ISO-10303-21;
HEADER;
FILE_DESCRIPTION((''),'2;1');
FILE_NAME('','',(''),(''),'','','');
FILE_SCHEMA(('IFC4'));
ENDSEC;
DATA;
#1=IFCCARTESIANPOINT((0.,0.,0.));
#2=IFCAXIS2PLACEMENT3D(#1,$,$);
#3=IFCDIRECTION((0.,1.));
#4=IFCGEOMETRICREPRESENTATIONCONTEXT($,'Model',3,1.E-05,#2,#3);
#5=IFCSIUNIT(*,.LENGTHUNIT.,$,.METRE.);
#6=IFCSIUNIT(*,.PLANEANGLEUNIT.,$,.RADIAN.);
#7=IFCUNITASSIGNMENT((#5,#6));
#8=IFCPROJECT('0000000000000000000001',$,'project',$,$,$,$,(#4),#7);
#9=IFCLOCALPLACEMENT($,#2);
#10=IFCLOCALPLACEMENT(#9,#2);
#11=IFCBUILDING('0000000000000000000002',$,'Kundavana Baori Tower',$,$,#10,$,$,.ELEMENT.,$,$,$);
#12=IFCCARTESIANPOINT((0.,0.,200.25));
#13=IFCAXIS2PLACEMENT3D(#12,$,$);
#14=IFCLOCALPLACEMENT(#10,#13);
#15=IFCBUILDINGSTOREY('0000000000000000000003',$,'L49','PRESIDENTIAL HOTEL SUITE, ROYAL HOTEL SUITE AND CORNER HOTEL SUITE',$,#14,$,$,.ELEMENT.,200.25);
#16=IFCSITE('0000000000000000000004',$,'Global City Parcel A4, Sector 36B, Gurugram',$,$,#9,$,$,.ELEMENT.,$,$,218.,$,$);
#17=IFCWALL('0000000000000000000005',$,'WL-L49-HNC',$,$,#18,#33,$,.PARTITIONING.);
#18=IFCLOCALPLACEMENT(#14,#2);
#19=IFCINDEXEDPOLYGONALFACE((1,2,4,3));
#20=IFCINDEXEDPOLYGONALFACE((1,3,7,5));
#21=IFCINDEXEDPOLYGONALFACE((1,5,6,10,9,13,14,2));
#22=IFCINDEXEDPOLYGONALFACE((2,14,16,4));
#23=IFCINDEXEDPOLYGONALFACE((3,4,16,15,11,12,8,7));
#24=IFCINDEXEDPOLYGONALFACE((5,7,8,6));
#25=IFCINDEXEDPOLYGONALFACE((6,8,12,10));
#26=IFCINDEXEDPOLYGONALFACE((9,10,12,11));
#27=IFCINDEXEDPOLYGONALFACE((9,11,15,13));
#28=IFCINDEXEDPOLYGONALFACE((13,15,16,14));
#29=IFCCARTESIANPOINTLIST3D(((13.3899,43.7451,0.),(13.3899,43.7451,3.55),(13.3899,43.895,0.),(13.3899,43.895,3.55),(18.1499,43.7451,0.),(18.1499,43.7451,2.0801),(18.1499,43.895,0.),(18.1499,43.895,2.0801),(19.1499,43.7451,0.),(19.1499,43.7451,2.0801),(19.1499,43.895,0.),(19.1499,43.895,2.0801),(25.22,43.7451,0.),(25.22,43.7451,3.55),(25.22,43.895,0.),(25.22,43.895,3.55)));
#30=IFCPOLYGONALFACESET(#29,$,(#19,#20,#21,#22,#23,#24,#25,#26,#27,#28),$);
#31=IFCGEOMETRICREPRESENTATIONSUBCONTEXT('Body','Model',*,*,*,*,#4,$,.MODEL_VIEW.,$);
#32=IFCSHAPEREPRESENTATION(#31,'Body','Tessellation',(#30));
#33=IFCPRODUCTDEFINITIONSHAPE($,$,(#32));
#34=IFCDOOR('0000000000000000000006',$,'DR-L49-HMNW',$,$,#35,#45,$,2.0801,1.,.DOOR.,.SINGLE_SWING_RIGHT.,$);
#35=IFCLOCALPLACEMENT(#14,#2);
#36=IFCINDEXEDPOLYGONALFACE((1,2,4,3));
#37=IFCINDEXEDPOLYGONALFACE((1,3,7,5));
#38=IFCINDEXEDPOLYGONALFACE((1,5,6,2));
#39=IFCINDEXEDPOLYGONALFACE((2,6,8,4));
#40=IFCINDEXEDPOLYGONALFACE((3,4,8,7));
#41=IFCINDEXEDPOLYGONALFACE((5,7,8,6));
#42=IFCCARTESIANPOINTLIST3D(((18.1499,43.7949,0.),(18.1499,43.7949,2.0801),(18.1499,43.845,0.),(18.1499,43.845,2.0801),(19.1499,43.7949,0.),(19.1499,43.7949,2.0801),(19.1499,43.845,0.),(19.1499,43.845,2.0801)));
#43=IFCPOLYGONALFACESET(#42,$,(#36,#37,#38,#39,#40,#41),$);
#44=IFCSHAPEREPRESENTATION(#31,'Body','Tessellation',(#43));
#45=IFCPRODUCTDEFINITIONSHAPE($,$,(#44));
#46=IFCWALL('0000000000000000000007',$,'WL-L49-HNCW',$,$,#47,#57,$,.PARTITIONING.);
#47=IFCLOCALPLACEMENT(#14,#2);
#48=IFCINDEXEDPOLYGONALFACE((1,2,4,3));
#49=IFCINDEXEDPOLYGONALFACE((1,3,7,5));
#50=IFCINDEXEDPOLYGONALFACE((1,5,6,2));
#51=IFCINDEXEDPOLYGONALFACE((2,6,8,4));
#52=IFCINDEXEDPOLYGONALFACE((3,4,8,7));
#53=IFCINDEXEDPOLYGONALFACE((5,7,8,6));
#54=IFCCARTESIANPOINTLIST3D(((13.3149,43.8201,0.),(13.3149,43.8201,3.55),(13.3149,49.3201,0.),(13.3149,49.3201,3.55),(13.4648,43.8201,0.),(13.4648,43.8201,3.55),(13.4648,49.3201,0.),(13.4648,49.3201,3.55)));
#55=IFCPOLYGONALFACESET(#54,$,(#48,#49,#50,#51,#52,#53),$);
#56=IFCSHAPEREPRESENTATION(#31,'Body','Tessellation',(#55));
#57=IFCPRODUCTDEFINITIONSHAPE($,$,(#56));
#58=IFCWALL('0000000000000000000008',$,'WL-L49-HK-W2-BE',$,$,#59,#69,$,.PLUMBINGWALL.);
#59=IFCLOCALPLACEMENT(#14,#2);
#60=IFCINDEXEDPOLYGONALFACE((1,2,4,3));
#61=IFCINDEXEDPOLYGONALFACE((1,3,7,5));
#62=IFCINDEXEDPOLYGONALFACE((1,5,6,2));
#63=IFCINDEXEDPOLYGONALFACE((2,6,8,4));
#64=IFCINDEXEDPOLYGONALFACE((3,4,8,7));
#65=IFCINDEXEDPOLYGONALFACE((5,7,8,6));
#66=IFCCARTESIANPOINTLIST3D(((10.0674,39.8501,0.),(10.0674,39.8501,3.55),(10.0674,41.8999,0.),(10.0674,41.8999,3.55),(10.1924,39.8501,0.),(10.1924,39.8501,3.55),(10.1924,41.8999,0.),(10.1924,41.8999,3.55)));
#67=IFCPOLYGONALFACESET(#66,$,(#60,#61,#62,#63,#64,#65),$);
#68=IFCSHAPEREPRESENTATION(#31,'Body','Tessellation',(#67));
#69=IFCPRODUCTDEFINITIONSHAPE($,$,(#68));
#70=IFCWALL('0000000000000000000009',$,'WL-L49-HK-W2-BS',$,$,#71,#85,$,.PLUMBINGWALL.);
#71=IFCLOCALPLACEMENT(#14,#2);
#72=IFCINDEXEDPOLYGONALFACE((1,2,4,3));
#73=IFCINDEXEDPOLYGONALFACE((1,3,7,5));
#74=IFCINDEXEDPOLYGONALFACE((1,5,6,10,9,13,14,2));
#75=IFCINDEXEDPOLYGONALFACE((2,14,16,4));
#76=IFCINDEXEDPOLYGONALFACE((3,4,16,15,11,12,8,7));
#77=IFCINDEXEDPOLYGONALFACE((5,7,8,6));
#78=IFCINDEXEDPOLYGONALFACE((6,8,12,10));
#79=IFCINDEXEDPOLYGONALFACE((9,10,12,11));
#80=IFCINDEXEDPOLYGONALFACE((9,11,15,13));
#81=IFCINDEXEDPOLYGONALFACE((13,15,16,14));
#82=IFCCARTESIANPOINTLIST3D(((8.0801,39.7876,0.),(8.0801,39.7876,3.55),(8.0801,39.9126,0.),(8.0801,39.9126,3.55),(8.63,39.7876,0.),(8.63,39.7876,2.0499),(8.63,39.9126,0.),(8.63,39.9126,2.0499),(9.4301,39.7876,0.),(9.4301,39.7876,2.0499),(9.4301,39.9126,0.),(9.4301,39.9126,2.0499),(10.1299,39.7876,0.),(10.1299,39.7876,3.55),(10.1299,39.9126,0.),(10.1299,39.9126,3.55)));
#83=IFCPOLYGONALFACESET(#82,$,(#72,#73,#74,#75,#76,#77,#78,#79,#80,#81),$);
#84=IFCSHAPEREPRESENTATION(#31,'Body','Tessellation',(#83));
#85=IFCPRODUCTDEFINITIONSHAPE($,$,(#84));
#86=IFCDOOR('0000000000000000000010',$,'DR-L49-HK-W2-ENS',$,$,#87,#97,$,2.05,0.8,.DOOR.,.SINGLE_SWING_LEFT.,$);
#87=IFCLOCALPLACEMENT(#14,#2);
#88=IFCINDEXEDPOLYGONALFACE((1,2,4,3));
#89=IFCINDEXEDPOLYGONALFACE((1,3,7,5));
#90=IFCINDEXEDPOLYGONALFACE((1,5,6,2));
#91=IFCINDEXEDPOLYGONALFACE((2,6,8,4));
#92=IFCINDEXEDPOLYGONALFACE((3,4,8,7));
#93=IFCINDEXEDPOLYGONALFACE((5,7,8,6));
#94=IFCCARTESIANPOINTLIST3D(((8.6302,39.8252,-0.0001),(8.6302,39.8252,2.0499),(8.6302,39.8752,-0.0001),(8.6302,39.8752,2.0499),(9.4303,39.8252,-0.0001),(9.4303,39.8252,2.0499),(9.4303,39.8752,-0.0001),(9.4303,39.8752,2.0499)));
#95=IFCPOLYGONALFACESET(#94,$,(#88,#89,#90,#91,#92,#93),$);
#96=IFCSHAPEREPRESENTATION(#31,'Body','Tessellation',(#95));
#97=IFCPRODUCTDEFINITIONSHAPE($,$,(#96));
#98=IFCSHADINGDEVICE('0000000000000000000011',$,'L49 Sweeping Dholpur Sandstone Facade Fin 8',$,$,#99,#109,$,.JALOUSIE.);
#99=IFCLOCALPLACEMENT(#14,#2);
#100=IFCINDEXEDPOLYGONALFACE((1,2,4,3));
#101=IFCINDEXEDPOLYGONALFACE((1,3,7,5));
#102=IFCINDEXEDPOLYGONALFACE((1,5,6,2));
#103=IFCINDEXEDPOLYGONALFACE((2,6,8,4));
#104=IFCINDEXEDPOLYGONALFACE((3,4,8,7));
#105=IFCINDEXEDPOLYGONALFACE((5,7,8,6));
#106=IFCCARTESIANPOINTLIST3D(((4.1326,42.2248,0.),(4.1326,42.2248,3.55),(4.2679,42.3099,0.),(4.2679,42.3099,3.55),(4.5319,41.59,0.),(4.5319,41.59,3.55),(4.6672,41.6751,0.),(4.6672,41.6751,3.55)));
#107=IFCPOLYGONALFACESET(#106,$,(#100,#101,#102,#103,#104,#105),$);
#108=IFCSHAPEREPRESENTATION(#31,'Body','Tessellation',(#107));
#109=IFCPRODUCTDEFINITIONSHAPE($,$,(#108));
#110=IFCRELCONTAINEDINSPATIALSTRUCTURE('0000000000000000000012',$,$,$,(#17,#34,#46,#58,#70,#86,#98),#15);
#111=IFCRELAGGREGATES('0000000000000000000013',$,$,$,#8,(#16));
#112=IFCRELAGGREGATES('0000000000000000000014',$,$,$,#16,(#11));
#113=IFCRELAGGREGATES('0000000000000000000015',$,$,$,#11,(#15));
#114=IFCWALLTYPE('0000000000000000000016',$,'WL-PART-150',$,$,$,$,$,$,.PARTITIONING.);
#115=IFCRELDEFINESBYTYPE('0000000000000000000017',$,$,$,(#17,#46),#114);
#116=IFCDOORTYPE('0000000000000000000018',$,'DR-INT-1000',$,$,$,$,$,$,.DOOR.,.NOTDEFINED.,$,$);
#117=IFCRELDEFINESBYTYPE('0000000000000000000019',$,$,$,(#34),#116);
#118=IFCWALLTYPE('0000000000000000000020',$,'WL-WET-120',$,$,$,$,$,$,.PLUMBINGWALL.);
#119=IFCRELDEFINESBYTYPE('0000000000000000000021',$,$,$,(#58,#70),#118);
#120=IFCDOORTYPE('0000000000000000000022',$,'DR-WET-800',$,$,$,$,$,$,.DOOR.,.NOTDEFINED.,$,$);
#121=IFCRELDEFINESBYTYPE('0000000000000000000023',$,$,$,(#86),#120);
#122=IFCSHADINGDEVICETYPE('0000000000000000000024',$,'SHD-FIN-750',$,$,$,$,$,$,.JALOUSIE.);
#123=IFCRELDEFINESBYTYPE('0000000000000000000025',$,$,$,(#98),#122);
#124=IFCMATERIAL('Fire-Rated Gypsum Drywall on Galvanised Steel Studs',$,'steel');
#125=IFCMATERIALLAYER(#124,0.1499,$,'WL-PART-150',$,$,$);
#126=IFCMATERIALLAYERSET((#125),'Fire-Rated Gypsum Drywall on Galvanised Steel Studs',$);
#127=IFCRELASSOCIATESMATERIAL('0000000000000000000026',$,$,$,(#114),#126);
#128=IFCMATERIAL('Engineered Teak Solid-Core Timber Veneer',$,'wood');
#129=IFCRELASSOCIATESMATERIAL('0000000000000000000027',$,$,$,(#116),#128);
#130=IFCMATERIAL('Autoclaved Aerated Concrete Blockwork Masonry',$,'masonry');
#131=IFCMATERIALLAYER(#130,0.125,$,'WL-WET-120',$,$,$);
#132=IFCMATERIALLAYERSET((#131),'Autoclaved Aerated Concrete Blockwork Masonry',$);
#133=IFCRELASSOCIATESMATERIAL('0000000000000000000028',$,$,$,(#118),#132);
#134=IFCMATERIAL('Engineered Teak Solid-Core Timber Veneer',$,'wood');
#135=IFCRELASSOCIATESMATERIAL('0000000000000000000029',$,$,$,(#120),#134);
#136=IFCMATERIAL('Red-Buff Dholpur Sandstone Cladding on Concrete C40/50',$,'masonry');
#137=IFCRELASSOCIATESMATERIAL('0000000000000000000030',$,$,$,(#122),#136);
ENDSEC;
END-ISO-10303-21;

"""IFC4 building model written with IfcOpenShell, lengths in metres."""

from ifc_helpers import new_model, si_unit, direction, frame, frame_2d, origin, origin_2d, place, context, subcontext, project, spatial, rectangle, extrude, material, layer, layer_set, type_object, element, fill, save


model = new_model("IFC4")

# Units and contexts
model_context = context("Model", 3, precision=1e-05, world=origin(), true_north=direction((0.0, 1.0)))
body_context = subcontext(model_context, "Body", "Model", "MODEL_VIEW")
ifc_project = project(units=[si_unit("LENGTHUNIT", "METRE"), si_unit("PLANEANGLEUNIT", "RADIAN")], contexts=[model_context])

# Site, building, storey
site_placement = place(None, origin())
site = spatial("IfcSite", under=ifc_project, at=site_placement, Name="Global City Parcel A4, Sector 36B, Gurugram", CompositionType="ELEMENT", RefElevation=218.0)
building_placement = place(site_placement, origin())
building = spatial("IfcBuilding", under=site, at=building_placement, Name="Kundavana Baori Tower", CompositionType="ELEMENT")
storey_placement = place(building_placement, frame((0.0, 0.0, 200.25)))
storey = spatial("IfcBuildingStorey", under=building, at=storey_placement, Name="L49", Description="PRESIDENTIAL HOTEL SUITE, ROYAL HOTEL SUITE AND CORNER HOTEL SUITE", CompositionType="ELEMENT", Elevation=200.25)

# Shared definitions
ifc_material_1 = material(Name="Fire-Rated Gypsum Drywall on Galvanised Steel Studs", Category="steel")
ifc_layer_1 = layer(ifc_material_1, 0.1499, Name="WL-PART-150")
ifc_layer_set_1 = layer_set([ifc_layer_1], Name="Fire-Rated Gypsum Drywall on Galvanised Steel Studs")
wall_type_1 = type_object("IfcWallType", Name="WL-PART-150", PredefinedType="PARTITIONING", material=ifc_layer_set_1)

# Wall, opening, door
wall_1_placement = place(storey_placement, frame((13.3899, 43.8201, 0.0), z_axis=(0.0, 0.0, 1.0), x_axis=(1.0, 0.0, 0.0)))
wall_1 = element("IfcWall", 1, at=wall_1_placement, inside=storey, type_object=wall_type_1, Name="WL-L49-HNC", PredefinedType="PARTITIONING", context=body_context, shape_type="SweptSolid", body=[
    extrude(rectangle(XDim=11.8301, YDim=0.1499, at=frame_2d((5.915, 0.0))), origin(), (0.0, 0.0, 1.0), 3.55),
])
opening_1_placement = place(wall_1_placement, frame((4.76, 0.0, 0.0)))
opening_1 = element("IfcOpeningElement", 2, at=opening_1_placement, cuts=wall_1, PredefinedType="OPENING", context=body_context, shape_type="SweptSolid", body=[
    extrude(rectangle(XDim=1.0, YDim=2.0801, at=frame_2d((0.5, 1.04))), frame((0.0, 0.085, 0.0), z_axis=(0.0, -1.0, 0.0), x_axis=(1.0, 0.0, 0.0)), (0.0, 0.0, 1.0), 0.1699),
])
ifc_material_2 = material(Name="Engineered Teak Solid-Core Timber Veneer", Category="wood")
door_type_1 = type_object("IfcDoorType", Name="DR-INT-1000", OperationType="NOTDEFINED", PredefinedType="DOOR", material=ifc_material_2)
door_1_placement = place(opening_1_placement, origin())
door_1 = element("IfcDoor", 3, at=door_1_placement, inside=storey, type_object=door_type_1, Name="DR-L49-HMNW", OperationType="SINGLE_SWING_RIGHT", OverallHeight=2.0801, OverallWidth=1.0, PredefinedType="DOOR", context=body_context, shape_type="SweptSolid", body=[
    extrude(rectangle(XDim=1.0, YDim=2.0801, at=frame_2d((0.5, 1.04))), frame((0.0, 0.0249, 0.0), z_axis=(0.0, -1.0, 0.0), x_axis=(1.0, 0.0, 0.0)), (0.0, 0.0, 1.0), 0.05),
])
fill(opening_1, door_1)

# Walls
wall_2_placement = place(storey_placement, frame((13.3899, 43.8201, 0.0), z_axis=(0.0, 0.0, 1.0), x_axis=(0.0, 1.0, 0.0)))
element("IfcWall", 4, at=wall_2_placement, inside=storey, type_object=wall_type_1, Name="WL-L49-HNCW", PredefinedType="PARTITIONING", context=body_context, shape_type="SweptSolid", body=[
    extrude(rectangle(XDim=5.5, YDim=0.1499, at=frame_2d((2.75, 0.0))), origin(), (0.0, 0.0, 1.0), 3.55),
])
ifc_material_3 = material(Name="Autoclaved Aerated Concrete Blockwork Masonry", Category="masonry")
ifc_layer_2 = layer(ifc_material_3, 0.125, Name="WL-WET-120")
ifc_layer_set_2 = layer_set([ifc_layer_2], Name="Autoclaved Aerated Concrete Blockwork Masonry")
wall_type_2 = type_object("IfcWallType", Name="WL-WET-120", PredefinedType="PLUMBINGWALL", material=ifc_layer_set_2)
wall_3_placement = place(storey_placement, frame((10.1299, 39.8501, 0.0), z_axis=(0.0, 0.0, 1.0), x_axis=(0.0, 1.0, 0.0)))
element("IfcWall", 5, at=wall_3_placement, inside=storey, type_object=wall_type_2, Name="WL-L49-HK-W2-BE", PredefinedType="PLUMBINGWALL", context=body_context, shape_type="SweptSolid", body=[
    extrude(rectangle(XDim=2.0498, YDim=0.125, at=frame_2d((1.0249, 0.0))), origin(), (0.0, 0.0, 1.0), 3.55),
])

# Wall, opening, door
wall_4_placement = place(storey_placement, frame((8.0801, 39.8501, 0.0), z_axis=(0.0, 0.0, 1.0), x_axis=(1.0, 0.0, 0.0)))
wall_4 = element("IfcWall", 6, at=wall_4_placement, inside=storey, type_object=wall_type_2, Name="WL-L49-HK-W2-BS", PredefinedType="PLUMBINGWALL", context=body_context, shape_type="SweptSolid", body=[
    extrude(rectangle(XDim=2.0498, YDim=0.125, at=frame_2d((1.0249, 0.0))), origin(), (0.0, 0.0, 1.0), 3.55),
])
opening_2_placement = place(wall_4_placement, frame((0.55, 0.0, 0.0)))
opening_2 = element("IfcOpeningElement", 7, at=opening_2_placement, cuts=wall_4, PredefinedType="OPENING", context=body_context, shape_type="SweptSolid", body=[
    extrude(rectangle(XDim=0.8, YDim=2.05, at=frame_2d((0.3999, 1.0249))), frame((0.0, 0.0725, 0.0), z_axis=(0.0, -1.0, 0.0), x_axis=(1.0, 0.0, 0.0)), (0.0, 0.0, 1.0), 0.145),
])
ifc_material_4 = material(Name="Engineered Teak Solid-Core Timber Veneer", Category="wood")
door_type_2 = type_object("IfcDoorType", Name="DR-WET-800", OperationType="NOTDEFINED", PredefinedType="DOOR", material=ifc_material_4)
door_2_placement = place(opening_2_placement, frame((0.8, 0.0, 0.0), z_axis=(0.0, 0.0, 1.0), x_axis=(-1.0, 0.0, 0.0)))
door_2 = element("IfcDoor", 8, at=door_2_placement, inside=storey, type_object=door_type_2, Name="DR-L49-HK-W2-ENS", OperationType="SINGLE_SWING_LEFT", OverallHeight=2.05, OverallWidth=0.8, PredefinedType="DOOR", context=body_context, shape_type="SweptSolid", body=[
    extrude(rectangle(XDim=0.8, YDim=2.05, at=frame_2d((0.3999, 1.0249))), frame((0.0, 0.0249, 0.0), z_axis=(0.0, -1.0, 0.0), x_axis=(1.0, 0.0, 0.0)), (0.0, 0.0, 1.0), 0.05),
])
fill(opening_2, door_2)

# Shading device
ifc_material_5 = material(Name="Red-Buff Dholpur Sandstone Cladding on Concrete C40/50", Category="masonry")
shading_device_type = type_object("IfcShadingDeviceType", Name="SHD-FIN-750", PredefinedType="JALOUSIE", material=ifc_material_5)
shading_device_placement = place(storey_placement, frame((4.3999, 41.95, 0.0), z_axis=(0.0, 0.0, 1.0), x_axis=(0.846472, 0.532433, 0.0)))
element("IfcShadingDevice", 9, at=shading_device_placement, inside=storey, type_object=shading_device_type, Name="L49 Sweeping Dholpur Sandstone Facade Fin 8", PredefinedType="JALOUSIE", context=body_context, shape_type="SweptSolid", body=[
    extrude(rectangle(XDim=0.1599, YDim=0.75, at=origin_2d()), origin(), (0.0, 0.0, 1.0), 3.55),
])

save(model, "model.ifc")
